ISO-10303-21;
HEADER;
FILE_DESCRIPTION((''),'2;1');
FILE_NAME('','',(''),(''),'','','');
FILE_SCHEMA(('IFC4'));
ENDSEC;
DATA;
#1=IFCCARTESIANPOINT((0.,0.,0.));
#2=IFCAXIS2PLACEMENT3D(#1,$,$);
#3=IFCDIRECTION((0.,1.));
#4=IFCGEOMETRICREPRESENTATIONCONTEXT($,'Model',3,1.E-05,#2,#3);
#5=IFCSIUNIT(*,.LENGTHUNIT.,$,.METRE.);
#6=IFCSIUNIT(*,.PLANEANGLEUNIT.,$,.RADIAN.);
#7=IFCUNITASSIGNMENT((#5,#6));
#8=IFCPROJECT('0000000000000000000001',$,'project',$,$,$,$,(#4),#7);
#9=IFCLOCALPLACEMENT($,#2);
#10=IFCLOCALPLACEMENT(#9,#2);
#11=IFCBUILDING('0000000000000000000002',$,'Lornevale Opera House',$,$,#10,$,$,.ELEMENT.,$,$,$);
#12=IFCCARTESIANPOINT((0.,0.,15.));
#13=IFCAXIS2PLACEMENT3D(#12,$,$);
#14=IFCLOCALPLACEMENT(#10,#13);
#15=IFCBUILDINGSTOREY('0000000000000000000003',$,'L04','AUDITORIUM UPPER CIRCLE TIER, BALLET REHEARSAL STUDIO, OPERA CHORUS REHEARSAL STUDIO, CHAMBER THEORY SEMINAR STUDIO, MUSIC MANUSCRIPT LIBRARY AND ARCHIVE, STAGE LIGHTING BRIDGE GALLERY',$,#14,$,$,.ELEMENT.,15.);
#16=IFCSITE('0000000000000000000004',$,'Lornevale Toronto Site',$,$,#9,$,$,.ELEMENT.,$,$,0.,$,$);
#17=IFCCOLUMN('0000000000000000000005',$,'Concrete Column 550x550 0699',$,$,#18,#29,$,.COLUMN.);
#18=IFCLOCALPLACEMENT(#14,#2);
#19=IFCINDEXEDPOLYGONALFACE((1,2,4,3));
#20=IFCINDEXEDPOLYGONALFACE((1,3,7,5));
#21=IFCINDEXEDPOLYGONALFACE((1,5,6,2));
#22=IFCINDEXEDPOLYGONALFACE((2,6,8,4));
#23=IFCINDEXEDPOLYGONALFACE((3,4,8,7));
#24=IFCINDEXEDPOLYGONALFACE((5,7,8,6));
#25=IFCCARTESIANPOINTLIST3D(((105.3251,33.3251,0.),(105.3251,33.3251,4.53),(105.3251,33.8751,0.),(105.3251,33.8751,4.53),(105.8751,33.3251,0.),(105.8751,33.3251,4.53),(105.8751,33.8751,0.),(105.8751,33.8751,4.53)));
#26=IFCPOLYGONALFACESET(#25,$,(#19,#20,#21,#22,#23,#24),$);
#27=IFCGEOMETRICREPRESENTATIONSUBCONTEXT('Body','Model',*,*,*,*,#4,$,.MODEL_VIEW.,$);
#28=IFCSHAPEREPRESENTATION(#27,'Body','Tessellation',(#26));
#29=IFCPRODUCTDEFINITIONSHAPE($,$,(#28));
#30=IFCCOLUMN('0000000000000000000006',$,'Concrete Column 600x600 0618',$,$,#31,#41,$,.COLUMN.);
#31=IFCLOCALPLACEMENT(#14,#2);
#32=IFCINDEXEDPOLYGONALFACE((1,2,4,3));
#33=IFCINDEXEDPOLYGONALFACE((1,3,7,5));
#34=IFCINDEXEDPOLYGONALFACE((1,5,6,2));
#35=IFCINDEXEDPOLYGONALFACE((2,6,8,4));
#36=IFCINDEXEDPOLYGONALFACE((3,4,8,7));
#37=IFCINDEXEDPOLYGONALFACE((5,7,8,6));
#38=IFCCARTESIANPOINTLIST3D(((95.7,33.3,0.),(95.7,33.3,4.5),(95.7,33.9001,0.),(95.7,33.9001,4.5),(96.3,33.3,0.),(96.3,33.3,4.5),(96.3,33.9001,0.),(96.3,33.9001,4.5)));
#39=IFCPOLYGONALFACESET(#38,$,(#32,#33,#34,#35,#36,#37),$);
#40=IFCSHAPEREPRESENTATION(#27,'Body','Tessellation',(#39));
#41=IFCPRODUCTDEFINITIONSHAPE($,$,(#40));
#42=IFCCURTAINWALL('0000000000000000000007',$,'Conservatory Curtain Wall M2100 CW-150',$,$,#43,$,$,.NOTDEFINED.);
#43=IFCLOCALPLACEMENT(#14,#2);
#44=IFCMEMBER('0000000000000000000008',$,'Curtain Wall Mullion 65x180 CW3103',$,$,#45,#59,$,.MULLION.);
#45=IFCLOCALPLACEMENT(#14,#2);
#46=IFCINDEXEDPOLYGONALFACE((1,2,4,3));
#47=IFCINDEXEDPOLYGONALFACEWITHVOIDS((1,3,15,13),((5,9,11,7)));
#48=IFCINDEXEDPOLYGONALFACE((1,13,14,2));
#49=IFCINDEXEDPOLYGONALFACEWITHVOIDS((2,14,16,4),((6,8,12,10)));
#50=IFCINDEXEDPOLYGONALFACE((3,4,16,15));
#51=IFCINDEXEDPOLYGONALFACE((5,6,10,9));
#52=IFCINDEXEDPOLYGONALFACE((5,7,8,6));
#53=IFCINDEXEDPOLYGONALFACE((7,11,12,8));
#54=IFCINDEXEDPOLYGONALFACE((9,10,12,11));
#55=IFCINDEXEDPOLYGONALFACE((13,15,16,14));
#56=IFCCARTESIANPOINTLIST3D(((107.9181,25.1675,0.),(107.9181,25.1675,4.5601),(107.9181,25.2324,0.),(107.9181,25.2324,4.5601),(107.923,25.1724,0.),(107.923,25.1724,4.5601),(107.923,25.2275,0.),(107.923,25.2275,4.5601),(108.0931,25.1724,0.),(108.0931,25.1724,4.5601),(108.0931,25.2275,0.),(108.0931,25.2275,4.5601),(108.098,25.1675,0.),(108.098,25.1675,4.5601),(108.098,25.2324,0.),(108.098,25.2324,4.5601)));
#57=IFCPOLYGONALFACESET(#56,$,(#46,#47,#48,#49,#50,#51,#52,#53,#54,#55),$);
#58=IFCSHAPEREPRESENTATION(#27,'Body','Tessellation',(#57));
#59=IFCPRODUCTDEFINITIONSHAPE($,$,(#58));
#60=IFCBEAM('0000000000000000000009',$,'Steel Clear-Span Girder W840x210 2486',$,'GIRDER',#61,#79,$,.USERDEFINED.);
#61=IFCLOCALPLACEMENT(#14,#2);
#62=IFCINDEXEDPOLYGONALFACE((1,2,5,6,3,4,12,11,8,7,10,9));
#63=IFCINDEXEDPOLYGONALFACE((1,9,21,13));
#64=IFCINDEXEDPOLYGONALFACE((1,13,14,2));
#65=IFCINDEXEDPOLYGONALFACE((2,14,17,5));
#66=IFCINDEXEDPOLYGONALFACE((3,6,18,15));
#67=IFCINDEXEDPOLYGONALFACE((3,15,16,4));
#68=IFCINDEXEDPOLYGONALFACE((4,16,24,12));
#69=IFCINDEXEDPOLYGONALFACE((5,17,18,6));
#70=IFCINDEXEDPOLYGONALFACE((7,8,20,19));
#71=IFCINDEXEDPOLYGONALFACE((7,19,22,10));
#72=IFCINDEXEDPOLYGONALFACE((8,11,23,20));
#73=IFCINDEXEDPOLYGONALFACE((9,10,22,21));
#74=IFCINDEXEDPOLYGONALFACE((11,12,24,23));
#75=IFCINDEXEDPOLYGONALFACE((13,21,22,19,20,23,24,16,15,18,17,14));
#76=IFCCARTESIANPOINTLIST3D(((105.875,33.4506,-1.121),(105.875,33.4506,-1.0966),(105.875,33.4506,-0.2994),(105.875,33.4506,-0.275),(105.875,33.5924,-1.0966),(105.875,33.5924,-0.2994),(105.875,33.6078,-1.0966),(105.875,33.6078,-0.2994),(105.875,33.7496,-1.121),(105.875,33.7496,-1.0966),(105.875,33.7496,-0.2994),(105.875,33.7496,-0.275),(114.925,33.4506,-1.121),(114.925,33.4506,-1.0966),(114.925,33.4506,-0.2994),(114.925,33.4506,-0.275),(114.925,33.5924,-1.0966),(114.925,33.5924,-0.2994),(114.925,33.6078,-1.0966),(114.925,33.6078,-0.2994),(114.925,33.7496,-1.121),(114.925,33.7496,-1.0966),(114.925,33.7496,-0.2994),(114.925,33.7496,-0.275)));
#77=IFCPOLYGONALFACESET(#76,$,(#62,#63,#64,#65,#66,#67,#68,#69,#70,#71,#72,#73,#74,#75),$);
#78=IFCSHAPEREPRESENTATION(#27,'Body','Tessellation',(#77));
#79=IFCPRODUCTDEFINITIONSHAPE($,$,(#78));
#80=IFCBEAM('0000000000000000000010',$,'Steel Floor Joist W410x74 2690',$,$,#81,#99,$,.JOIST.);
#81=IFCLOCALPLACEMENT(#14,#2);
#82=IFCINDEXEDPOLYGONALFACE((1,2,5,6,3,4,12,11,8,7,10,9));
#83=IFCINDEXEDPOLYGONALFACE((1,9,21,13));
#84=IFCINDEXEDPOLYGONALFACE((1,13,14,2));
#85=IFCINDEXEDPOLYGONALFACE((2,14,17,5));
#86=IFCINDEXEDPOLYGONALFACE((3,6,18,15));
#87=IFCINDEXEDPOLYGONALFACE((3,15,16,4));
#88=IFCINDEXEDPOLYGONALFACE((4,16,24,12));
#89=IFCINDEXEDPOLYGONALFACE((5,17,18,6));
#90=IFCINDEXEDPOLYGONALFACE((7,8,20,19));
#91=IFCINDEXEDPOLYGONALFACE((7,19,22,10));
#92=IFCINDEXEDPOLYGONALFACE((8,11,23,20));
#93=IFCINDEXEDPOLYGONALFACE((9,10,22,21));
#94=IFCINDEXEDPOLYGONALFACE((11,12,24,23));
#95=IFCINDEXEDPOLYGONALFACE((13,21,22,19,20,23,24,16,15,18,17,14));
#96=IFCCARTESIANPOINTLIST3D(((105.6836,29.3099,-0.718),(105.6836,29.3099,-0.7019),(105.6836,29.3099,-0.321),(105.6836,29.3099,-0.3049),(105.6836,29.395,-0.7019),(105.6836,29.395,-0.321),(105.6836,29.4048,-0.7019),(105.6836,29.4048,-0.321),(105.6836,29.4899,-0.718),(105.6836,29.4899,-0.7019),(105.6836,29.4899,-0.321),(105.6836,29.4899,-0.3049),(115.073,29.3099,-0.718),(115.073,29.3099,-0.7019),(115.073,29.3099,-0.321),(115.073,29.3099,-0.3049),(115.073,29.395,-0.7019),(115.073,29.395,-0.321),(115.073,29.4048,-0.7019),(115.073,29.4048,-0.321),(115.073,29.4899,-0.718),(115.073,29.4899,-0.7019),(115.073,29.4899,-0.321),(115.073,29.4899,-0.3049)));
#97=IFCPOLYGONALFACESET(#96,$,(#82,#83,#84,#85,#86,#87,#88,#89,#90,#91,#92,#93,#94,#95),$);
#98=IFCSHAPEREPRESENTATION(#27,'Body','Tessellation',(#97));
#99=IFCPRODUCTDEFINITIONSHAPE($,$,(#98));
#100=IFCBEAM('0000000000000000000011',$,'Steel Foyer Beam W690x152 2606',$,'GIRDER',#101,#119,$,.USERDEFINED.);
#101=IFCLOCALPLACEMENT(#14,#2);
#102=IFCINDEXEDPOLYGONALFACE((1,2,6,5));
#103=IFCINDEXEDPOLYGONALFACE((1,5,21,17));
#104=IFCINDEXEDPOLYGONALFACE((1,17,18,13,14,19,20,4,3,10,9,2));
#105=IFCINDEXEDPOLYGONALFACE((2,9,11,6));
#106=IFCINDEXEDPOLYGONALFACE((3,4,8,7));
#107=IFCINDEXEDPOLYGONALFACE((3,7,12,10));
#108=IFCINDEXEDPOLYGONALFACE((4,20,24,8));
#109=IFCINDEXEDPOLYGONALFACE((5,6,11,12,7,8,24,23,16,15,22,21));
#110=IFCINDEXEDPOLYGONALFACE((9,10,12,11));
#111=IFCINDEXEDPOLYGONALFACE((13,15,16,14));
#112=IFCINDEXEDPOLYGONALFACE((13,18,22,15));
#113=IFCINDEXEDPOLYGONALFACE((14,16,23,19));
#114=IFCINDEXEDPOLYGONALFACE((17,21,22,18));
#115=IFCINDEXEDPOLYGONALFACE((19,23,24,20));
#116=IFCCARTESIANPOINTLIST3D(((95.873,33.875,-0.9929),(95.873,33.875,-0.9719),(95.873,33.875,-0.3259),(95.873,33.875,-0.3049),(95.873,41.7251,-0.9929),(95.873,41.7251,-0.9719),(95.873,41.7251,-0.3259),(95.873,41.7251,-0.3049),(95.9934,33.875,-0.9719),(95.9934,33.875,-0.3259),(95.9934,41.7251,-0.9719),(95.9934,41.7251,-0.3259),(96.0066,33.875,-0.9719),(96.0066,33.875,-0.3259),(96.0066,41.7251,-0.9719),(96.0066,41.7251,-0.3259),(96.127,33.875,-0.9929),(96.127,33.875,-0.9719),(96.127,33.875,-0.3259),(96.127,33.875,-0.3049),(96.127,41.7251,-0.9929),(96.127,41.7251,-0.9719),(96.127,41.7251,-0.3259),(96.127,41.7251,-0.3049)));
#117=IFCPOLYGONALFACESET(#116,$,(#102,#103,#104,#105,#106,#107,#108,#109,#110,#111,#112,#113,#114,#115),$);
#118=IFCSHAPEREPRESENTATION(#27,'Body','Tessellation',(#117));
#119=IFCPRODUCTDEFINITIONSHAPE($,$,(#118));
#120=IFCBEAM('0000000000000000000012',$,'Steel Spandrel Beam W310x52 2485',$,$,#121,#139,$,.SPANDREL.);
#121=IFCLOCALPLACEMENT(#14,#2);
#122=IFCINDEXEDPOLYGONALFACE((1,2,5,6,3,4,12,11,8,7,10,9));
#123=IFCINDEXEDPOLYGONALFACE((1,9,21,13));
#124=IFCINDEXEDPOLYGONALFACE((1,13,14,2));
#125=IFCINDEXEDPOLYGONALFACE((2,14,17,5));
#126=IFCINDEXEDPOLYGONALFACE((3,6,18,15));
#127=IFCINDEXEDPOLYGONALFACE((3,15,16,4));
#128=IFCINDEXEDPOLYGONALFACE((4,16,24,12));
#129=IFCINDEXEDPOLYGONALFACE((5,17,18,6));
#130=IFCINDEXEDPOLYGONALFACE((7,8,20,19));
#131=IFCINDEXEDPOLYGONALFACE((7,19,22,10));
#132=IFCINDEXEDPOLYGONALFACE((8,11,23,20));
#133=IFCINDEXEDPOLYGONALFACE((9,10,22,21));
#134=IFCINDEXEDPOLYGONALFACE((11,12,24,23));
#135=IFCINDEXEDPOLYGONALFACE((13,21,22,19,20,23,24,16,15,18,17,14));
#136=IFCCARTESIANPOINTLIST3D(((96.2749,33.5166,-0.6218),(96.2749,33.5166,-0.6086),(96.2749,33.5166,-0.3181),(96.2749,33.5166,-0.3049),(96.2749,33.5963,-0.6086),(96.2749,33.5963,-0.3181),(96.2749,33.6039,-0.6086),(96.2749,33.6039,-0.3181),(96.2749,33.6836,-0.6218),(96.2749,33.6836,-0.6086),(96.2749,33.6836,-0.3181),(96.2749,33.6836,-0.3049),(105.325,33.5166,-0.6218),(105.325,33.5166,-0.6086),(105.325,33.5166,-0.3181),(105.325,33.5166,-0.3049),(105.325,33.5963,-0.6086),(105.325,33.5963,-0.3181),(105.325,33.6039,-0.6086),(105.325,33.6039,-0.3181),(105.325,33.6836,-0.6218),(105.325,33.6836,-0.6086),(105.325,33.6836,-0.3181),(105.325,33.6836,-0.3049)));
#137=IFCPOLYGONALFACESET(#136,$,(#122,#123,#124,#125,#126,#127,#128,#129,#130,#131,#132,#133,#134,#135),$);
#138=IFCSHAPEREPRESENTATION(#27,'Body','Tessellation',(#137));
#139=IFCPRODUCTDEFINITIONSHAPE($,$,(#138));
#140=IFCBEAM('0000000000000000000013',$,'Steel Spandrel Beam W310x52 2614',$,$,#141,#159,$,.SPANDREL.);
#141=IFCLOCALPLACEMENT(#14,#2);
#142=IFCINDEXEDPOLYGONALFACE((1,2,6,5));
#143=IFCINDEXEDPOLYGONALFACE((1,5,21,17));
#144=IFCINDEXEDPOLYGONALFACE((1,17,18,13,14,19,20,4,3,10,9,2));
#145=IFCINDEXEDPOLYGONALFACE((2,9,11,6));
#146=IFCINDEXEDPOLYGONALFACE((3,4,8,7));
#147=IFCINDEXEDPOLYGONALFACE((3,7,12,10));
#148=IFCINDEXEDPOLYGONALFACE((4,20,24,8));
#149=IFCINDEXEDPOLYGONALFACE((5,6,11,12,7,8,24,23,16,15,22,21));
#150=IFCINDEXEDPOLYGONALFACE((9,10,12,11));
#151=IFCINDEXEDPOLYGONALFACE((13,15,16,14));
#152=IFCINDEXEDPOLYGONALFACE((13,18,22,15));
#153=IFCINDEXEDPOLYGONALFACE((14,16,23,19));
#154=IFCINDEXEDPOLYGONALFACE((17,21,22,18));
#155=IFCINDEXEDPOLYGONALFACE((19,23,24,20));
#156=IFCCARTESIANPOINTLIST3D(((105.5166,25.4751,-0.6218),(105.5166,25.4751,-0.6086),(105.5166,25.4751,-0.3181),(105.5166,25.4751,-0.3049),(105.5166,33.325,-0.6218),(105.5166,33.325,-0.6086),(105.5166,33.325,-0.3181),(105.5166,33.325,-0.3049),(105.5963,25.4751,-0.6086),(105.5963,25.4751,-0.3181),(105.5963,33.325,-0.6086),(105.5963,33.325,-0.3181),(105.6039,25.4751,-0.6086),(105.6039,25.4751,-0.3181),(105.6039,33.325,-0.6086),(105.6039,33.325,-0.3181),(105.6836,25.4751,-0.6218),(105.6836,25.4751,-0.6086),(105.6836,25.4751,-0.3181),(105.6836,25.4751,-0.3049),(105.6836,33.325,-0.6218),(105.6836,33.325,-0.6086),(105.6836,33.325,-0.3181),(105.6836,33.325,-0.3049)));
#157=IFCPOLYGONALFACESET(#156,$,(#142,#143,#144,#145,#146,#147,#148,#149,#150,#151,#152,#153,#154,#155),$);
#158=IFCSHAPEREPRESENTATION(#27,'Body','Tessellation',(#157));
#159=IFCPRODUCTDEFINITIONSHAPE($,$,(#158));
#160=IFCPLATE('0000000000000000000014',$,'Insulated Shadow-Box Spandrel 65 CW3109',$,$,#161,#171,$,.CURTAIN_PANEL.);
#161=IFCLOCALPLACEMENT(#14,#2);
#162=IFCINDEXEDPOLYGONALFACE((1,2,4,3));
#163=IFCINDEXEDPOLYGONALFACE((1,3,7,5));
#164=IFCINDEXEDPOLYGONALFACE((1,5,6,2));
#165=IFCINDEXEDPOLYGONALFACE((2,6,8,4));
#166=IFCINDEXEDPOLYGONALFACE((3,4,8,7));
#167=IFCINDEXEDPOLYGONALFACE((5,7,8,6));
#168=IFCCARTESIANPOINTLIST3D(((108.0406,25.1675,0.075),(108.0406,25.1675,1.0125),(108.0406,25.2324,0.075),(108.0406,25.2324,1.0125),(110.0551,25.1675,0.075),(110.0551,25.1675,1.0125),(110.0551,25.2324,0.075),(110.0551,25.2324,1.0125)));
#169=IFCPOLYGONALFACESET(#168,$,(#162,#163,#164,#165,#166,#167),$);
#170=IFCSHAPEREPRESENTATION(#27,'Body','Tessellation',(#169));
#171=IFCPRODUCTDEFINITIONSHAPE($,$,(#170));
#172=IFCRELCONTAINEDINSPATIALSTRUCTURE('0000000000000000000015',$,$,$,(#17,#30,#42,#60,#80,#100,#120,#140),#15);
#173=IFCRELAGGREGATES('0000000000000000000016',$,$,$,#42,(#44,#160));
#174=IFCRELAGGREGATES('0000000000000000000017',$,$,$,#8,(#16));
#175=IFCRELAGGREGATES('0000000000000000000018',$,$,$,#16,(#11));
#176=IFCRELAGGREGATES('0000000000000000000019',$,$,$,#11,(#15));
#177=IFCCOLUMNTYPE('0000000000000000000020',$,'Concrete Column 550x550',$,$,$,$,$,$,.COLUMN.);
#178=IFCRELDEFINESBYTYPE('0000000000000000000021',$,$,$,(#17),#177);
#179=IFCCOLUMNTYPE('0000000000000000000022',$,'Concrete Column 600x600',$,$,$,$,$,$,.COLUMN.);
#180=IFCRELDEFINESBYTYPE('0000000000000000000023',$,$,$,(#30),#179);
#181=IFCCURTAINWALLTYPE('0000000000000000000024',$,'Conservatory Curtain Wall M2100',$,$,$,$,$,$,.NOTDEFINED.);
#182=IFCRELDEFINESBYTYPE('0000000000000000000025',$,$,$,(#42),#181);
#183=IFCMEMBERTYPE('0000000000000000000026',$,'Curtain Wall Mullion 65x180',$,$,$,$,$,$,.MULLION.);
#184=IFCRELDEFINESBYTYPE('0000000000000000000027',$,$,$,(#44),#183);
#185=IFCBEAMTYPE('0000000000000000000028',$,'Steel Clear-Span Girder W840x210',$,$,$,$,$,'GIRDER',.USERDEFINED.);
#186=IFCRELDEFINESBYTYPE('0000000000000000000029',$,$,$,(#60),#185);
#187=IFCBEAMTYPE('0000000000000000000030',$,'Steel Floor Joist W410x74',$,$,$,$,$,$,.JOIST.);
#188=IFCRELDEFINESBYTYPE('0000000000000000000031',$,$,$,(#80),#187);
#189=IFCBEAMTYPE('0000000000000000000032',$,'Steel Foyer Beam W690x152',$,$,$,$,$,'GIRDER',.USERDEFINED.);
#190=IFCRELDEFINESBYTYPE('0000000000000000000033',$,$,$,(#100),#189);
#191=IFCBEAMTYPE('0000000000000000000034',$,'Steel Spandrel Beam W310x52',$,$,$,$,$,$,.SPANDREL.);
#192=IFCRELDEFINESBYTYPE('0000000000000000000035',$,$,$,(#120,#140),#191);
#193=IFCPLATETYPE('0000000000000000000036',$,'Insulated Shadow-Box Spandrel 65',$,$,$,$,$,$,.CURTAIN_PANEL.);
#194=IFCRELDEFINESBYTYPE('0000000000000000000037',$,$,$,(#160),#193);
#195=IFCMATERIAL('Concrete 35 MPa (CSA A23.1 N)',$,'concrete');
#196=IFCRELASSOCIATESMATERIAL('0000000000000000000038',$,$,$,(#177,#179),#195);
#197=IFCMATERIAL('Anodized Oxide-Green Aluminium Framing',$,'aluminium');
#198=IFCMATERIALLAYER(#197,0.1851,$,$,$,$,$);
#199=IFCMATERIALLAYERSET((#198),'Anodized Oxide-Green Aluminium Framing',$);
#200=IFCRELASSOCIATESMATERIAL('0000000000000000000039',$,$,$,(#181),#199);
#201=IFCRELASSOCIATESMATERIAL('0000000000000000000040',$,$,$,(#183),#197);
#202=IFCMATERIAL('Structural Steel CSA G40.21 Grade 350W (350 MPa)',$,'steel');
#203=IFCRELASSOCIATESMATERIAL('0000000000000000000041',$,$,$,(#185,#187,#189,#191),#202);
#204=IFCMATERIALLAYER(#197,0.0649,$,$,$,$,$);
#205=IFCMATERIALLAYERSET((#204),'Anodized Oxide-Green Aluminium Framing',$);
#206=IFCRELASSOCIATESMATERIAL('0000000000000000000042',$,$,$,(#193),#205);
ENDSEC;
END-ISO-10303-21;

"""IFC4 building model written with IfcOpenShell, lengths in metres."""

from ifc_helpers import new_model, si_unit, direction, frame, origin, origin_2d, place, context, subcontext, project, spatial, rectangle, hollow_rectangle, i_section, extrude, material, layer, layer_set, material_profile, profile_set, type_object, element, aggregate, save


model = new_model("IFC4")

# Units and contexts
model_context = context("Model", 3, precision=1e-05, world=origin(), true_north=direction((0.0, 1.0)))
body_context = subcontext(model_context, "Body", "Model", "MODEL_VIEW")
ifc_project = project(units=[si_unit("LENGTHUNIT", "METRE"), si_unit("PLANEANGLEUNIT", "RADIAN")], contexts=[model_context])

# Site, building, storey
site_placement = place(None, origin())
site = spatial("IfcSite", under=ifc_project, at=site_placement, Name="Lornevale Toronto Site", CompositionType="ELEMENT", RefElevation=0.0)
building_placement = place(site_placement, origin())
building = spatial("IfcBuilding", under=site, at=building_placement, Name="Lornevale Opera House", CompositionType="ELEMENT")
storey_placement = place(building_placement, frame((0.0, 0.0, 15.0)))
storey = spatial("IfcBuildingStorey", under=building, at=storey_placement, Name="L04", Description="AUDITORIUM UPPER CIRCLE TIER, BALLET REHEARSAL STUDIO, OPERA CHORUS REHEARSAL STUDIO, CHAMBER THEORY SEMINAR STUDIO, MUSIC MANUSCRIPT LIBRARY AND ARCHIVE, STAGE LIGHTING BRIDGE GALLERY", CompositionType="ELEMENT", Elevation=15.0)

# Columns
ifc_material_1 = material(Name="Concrete 35 MPa (CSA A23.1 N)", Category="concrete")
ifc_material_profile_1 = material_profile(ifc_material_1, rectangle(XDim=0.55, YDim=0.55, at=origin_2d()), Name="RC550x550")
ifc_profile_set_1 = profile_set([ifc_material_profile_1], Name="Concrete 35 MPa (CSA A23.1 N)")
column_type_1 = type_object("IfcColumnType", Name="Concrete Column 550x550", PredefinedType="COLUMN", material=ifc_profile_set_1)
column_1_placement = place(storey_placement, frame((105.6001, 33.6001, 0.0), z_axis=(0.0, 0.0, 1.0), x_axis=(1.0, 0.0, 0.0)))
element("IfcColumn", 1, at=column_1_placement, inside=storey, type_object=column_type_1, Name="Concrete Column 550x550 0699", PredefinedType="COLUMN", context=body_context, shape_type="SweptSolid", body=[
    extrude(rectangle(XDim=0.55, YDim=0.55, at=origin_2d()), origin(), (0.0, 0.0, 1.0), 4.53),
])
ifc_material_profile_2 = material_profile(ifc_material_1, rectangle(XDim=0.6001, YDim=0.6001, at=origin_2d()), Name="RC600x600")
ifc_profile_set_2 = profile_set([ifc_material_profile_2], Name="Concrete 35 MPa (CSA A23.1 N)")
column_type_2 = type_object("IfcColumnType", Name="Concrete Column 600x600", PredefinedType="COLUMN", material=ifc_profile_set_2)
column_2_placement = place(storey_placement, frame((96.0, 33.6001, 0.0), z_axis=(0.0, 0.0, 1.0), x_axis=(1.0, 0.0, 0.0)))
element("IfcColumn", 2, at=column_2_placement, inside=storey, type_object=column_type_2, Name="Concrete Column 600x600 0618", PredefinedType="COLUMN", context=body_context, shape_type="SweptSolid", body=[
    extrude(rectangle(XDim=0.6001, YDim=0.6001, at=origin_2d()), origin(), (0.0, 0.0, 1.0), 4.5),
])

# Curtain wall, member
ifc_material_2 = material(Name="Anodized Oxide-Green Aluminium Framing", Category="aluminium")
ifc_layer_1 = layer(ifc_material_2, 0.1851)
ifc_layer_set_1 = layer_set([ifc_layer_1], Name="Anodized Oxide-Green Aluminium Framing")
curtain_wall_type = type_object("IfcCurtainWallType", Name="Conservatory Curtain Wall M2100", PredefinedType="NOTDEFINED", material=ifc_layer_set_1)
curtain_wall_placement = place(storey_placement, origin())
curtain_wall = element("IfcCurtainWall", 3, at=curtain_wall_placement, inside=storey, type_object=curtain_wall_type, Name="Conservatory Curtain Wall M2100 CW-150", PredefinedType="NOTDEFINED")
ifc_material_profile_3 = material_profile(ifc_material_2, hollow_rectangle(XDim=0.0649, YDim=0.1799, WallThickness=0.0049, at=origin_2d()), Name="ALU65x180x5")
ifc_profile_set_3 = profile_set([ifc_material_profile_3], Name="Anodized Oxide-Green Aluminium Framing")
member_type = type_object("IfcMemberType", Name="Curtain Wall Mullion 65x180", PredefinedType="MULLION", material=ifc_profile_set_3)
member_placement = place(storey_placement, frame((108.0081, 25.2, 0.0), z_axis=(0.0, 0.0, 1.0), x_axis=(0.0, -1.0, 0.0)))
member = element("IfcMember", 4, at=member_placement, type_object=member_type, Name="Curtain Wall Mullion 65x180 CW3103", PredefinedType="MULLION", context=body_context, shape_type="SweptSolid", body=[
    extrude(hollow_rectangle(XDim=0.0649, YDim=0.1799, WallThickness=0.0049, at=origin_2d()), origin(), (0.0, 0.0, 1.0), 4.5601),
])

# Beams
ifc_material_3 = material(Name="Structural Steel CSA G40.21 Grade 350W (350 MPa)", Category="steel")
ifc_material_profile_4 = material_profile(ifc_material_3, i_section(OverallWidth=0.2991, OverallDepth=0.8459, WebThickness=0.0154, FlangeThickness=0.0244, at=origin_2d()), Name="W840x210")
ifc_profile_set_4 = profile_set([ifc_material_profile_4], Name="Structural Steel CSA G40.21 Grade 350W (350 MPa)")
beam_type_1 = type_object("IfcBeamType", Name="Steel Clear-Span Girder W840x210", ElementType="GIRDER", PredefinedType="USERDEFINED", material=ifc_profile_set_4)
beam_1_placement = place(storey_placement, frame((105.875, 33.6001, -0.698), z_axis=(1.0, 0.0, 0.0), x_axis=(0.0, 1.0, 0.0)))
element("IfcBeam", 5, at=beam_1_placement, inside=storey, type_object=beam_type_1, Name="Steel Clear-Span Girder W840x210 2486", ObjectType="GIRDER", PredefinedType="USERDEFINED", context=body_context, shape_type="SweptSolid", body=[
    extrude(i_section(OverallWidth=0.2991, OverallDepth=0.8459, WebThickness=0.0154, FlangeThickness=0.0244, at=origin_2d()), origin(), (0.0, 0.0, 1.0), 9.05),
])
ifc_material_profile_5 = material_profile(ifc_material_3, i_section(OverallWidth=0.1799, OverallDepth=0.4131, WebThickness=0.0098, FlangeThickness=0.0161, at=origin_2d()), Name="W410x74")
ifc_profile_set_5 = profile_set([ifc_material_profile_5], Name="Structural Steel CSA G40.21 Grade 350W (350 MPa)")
beam_type_2 = type_object("IfcBeamType", Name="Steel Floor Joist W410x74", PredefinedType="JOIST", material=ifc_profile_set_5)
beam_2_placement = place(storey_placement, frame((105.6836, 29.3999, -0.5115), z_axis=(1.0, 0.0, 0.0), x_axis=(0.0, 1.0, 0.0)))
element("IfcBeam", 6, at=beam_2_placement, inside=storey, type_object=beam_type_2, Name="Steel Floor Joist W410x74 2690", PredefinedType="JOIST", context=body_context, shape_type="SweptSolid", body=[
    extrude(i_section(OverallWidth=0.1799, OverallDepth=0.4131, WebThickness=0.0098, FlangeThickness=0.0161, at=origin_2d()), origin(), (0.0, 0.0, 1.0), 9.3894),
])
ifc_material_profile_6 = material_profile(ifc_material_3, i_section(OverallWidth=0.2539, OverallDepth=0.688, WebThickness=0.0132, FlangeThickness=0.021, at=origin_2d()), Name="W690x152")
ifc_profile_set_6 = profile_set([ifc_material_profile_6], Name="Structural Steel CSA G40.21 Grade 350W (350 MPa)")
beam_type_3 = type_object("IfcBeamType", Name="Steel Foyer Beam W690x152", ElementType="GIRDER", PredefinedType="USERDEFINED", material=ifc_profile_set_6)
beam_3_placement = place(storey_placement, frame((96.0, 33.875, -0.6489), z_axis=(0.0, 1.0, 0.0), x_axis=(-1.0, 0.0, 0.0)))
element("IfcBeam", 7, at=beam_3_placement, inside=storey, type_object=beam_type_3, Name="Steel Foyer Beam W690x152 2606", ObjectType="GIRDER", PredefinedType="USERDEFINED", context=body_context, shape_type="SweptSolid", body=[
    extrude(i_section(OverallWidth=0.2539, OverallDepth=0.688, WebThickness=0.0132, FlangeThickness=0.021, at=origin_2d()), origin(), (0.0, 0.0, 1.0), 7.8501),
])
ifc_material_profile_7 = material_profile(ifc_material_3, i_section(OverallWidth=0.167, OverallDepth=0.3169, WebThickness=0.0076, FlangeThickness=0.0132, at=origin_2d()), Name="W310x52")
ifc_profile_set_7 = profile_set([ifc_material_profile_7], Name="Structural Steel CSA G40.21 Grade 350W (350 MPa)")
beam_type_4 = type_object("IfcBeamType", Name="Steel Spandrel Beam W310x52", PredefinedType="SPANDREL", material=ifc_profile_set_7)
beam_4_placement = place(storey_placement, frame((96.2749, 33.6001, -0.4634), z_axis=(1.0, 0.0, 0.0), x_axis=(0.0, 1.0, 0.0)))
element("IfcBeam", 8, at=beam_4_placement, inside=storey, type_object=beam_type_4, Name="Steel Spandrel Beam W310x52 2485", PredefinedType="SPANDREL", context=body_context, shape_type="SweptSolid", body=[
    extrude(i_section(OverallWidth=0.167, OverallDepth=0.3169, WebThickness=0.0076, FlangeThickness=0.0132, at=origin_2d()), origin(), (0.0, 0.0, 1.0), 9.05),
])
beam_5_placement = place(storey_placement, frame((105.6001, 25.4751, -0.4634), z_axis=(0.0, 1.0, 0.0), x_axis=(-1.0, 0.0, 0.0)))
element("IfcBeam", 9, at=beam_5_placement, inside=storey, type_object=beam_type_4, Name="Steel Spandrel Beam W310x52 2614", PredefinedType="SPANDREL", context=body_context, shape_type="SweptSolid", body=[
    extrude(i_section(OverallWidth=0.167, OverallDepth=0.3169, WebThickness=0.0076, FlangeThickness=0.0132, at=origin_2d()), origin(), (0.0, 0.0, 1.0), 7.8499),
])

# Plate
ifc_layer_2 = layer(ifc_material_2, 0.0649)
ifc_layer_set_2 = layer_set([ifc_layer_2], Name="Anodized Oxide-Green Aluminium Framing")
plate_type = type_object("IfcPlateType", Name="Insulated Shadow-Box Spandrel 65", PredefinedType="CURTAIN_PANEL", material=ifc_layer_set_2)
plate_1_placement = place(storey_placement, frame((109.0479, 25.2, 0.075), z_axis=(0.0, 0.0, 1.0), x_axis=(-1.0, 0.0, 0.0)))
plate_1 = element("IfcPlate", 10, at=plate_1_placement, type_object=plate_type, Name="Insulated Shadow-Box Spandrel 65 CW3109", PredefinedType="CURTAIN_PANEL", context=body_context, shape_type="SweptSolid", body=[
    extrude(rectangle(XDim=2.0144, YDim=0.0649, at=origin_2d()), origin(), (0.0, 0.0, 1.0), 0.9375),
])
aggregate(curtain_wall, [member, plate_1])

save(model, "model.ifc")
